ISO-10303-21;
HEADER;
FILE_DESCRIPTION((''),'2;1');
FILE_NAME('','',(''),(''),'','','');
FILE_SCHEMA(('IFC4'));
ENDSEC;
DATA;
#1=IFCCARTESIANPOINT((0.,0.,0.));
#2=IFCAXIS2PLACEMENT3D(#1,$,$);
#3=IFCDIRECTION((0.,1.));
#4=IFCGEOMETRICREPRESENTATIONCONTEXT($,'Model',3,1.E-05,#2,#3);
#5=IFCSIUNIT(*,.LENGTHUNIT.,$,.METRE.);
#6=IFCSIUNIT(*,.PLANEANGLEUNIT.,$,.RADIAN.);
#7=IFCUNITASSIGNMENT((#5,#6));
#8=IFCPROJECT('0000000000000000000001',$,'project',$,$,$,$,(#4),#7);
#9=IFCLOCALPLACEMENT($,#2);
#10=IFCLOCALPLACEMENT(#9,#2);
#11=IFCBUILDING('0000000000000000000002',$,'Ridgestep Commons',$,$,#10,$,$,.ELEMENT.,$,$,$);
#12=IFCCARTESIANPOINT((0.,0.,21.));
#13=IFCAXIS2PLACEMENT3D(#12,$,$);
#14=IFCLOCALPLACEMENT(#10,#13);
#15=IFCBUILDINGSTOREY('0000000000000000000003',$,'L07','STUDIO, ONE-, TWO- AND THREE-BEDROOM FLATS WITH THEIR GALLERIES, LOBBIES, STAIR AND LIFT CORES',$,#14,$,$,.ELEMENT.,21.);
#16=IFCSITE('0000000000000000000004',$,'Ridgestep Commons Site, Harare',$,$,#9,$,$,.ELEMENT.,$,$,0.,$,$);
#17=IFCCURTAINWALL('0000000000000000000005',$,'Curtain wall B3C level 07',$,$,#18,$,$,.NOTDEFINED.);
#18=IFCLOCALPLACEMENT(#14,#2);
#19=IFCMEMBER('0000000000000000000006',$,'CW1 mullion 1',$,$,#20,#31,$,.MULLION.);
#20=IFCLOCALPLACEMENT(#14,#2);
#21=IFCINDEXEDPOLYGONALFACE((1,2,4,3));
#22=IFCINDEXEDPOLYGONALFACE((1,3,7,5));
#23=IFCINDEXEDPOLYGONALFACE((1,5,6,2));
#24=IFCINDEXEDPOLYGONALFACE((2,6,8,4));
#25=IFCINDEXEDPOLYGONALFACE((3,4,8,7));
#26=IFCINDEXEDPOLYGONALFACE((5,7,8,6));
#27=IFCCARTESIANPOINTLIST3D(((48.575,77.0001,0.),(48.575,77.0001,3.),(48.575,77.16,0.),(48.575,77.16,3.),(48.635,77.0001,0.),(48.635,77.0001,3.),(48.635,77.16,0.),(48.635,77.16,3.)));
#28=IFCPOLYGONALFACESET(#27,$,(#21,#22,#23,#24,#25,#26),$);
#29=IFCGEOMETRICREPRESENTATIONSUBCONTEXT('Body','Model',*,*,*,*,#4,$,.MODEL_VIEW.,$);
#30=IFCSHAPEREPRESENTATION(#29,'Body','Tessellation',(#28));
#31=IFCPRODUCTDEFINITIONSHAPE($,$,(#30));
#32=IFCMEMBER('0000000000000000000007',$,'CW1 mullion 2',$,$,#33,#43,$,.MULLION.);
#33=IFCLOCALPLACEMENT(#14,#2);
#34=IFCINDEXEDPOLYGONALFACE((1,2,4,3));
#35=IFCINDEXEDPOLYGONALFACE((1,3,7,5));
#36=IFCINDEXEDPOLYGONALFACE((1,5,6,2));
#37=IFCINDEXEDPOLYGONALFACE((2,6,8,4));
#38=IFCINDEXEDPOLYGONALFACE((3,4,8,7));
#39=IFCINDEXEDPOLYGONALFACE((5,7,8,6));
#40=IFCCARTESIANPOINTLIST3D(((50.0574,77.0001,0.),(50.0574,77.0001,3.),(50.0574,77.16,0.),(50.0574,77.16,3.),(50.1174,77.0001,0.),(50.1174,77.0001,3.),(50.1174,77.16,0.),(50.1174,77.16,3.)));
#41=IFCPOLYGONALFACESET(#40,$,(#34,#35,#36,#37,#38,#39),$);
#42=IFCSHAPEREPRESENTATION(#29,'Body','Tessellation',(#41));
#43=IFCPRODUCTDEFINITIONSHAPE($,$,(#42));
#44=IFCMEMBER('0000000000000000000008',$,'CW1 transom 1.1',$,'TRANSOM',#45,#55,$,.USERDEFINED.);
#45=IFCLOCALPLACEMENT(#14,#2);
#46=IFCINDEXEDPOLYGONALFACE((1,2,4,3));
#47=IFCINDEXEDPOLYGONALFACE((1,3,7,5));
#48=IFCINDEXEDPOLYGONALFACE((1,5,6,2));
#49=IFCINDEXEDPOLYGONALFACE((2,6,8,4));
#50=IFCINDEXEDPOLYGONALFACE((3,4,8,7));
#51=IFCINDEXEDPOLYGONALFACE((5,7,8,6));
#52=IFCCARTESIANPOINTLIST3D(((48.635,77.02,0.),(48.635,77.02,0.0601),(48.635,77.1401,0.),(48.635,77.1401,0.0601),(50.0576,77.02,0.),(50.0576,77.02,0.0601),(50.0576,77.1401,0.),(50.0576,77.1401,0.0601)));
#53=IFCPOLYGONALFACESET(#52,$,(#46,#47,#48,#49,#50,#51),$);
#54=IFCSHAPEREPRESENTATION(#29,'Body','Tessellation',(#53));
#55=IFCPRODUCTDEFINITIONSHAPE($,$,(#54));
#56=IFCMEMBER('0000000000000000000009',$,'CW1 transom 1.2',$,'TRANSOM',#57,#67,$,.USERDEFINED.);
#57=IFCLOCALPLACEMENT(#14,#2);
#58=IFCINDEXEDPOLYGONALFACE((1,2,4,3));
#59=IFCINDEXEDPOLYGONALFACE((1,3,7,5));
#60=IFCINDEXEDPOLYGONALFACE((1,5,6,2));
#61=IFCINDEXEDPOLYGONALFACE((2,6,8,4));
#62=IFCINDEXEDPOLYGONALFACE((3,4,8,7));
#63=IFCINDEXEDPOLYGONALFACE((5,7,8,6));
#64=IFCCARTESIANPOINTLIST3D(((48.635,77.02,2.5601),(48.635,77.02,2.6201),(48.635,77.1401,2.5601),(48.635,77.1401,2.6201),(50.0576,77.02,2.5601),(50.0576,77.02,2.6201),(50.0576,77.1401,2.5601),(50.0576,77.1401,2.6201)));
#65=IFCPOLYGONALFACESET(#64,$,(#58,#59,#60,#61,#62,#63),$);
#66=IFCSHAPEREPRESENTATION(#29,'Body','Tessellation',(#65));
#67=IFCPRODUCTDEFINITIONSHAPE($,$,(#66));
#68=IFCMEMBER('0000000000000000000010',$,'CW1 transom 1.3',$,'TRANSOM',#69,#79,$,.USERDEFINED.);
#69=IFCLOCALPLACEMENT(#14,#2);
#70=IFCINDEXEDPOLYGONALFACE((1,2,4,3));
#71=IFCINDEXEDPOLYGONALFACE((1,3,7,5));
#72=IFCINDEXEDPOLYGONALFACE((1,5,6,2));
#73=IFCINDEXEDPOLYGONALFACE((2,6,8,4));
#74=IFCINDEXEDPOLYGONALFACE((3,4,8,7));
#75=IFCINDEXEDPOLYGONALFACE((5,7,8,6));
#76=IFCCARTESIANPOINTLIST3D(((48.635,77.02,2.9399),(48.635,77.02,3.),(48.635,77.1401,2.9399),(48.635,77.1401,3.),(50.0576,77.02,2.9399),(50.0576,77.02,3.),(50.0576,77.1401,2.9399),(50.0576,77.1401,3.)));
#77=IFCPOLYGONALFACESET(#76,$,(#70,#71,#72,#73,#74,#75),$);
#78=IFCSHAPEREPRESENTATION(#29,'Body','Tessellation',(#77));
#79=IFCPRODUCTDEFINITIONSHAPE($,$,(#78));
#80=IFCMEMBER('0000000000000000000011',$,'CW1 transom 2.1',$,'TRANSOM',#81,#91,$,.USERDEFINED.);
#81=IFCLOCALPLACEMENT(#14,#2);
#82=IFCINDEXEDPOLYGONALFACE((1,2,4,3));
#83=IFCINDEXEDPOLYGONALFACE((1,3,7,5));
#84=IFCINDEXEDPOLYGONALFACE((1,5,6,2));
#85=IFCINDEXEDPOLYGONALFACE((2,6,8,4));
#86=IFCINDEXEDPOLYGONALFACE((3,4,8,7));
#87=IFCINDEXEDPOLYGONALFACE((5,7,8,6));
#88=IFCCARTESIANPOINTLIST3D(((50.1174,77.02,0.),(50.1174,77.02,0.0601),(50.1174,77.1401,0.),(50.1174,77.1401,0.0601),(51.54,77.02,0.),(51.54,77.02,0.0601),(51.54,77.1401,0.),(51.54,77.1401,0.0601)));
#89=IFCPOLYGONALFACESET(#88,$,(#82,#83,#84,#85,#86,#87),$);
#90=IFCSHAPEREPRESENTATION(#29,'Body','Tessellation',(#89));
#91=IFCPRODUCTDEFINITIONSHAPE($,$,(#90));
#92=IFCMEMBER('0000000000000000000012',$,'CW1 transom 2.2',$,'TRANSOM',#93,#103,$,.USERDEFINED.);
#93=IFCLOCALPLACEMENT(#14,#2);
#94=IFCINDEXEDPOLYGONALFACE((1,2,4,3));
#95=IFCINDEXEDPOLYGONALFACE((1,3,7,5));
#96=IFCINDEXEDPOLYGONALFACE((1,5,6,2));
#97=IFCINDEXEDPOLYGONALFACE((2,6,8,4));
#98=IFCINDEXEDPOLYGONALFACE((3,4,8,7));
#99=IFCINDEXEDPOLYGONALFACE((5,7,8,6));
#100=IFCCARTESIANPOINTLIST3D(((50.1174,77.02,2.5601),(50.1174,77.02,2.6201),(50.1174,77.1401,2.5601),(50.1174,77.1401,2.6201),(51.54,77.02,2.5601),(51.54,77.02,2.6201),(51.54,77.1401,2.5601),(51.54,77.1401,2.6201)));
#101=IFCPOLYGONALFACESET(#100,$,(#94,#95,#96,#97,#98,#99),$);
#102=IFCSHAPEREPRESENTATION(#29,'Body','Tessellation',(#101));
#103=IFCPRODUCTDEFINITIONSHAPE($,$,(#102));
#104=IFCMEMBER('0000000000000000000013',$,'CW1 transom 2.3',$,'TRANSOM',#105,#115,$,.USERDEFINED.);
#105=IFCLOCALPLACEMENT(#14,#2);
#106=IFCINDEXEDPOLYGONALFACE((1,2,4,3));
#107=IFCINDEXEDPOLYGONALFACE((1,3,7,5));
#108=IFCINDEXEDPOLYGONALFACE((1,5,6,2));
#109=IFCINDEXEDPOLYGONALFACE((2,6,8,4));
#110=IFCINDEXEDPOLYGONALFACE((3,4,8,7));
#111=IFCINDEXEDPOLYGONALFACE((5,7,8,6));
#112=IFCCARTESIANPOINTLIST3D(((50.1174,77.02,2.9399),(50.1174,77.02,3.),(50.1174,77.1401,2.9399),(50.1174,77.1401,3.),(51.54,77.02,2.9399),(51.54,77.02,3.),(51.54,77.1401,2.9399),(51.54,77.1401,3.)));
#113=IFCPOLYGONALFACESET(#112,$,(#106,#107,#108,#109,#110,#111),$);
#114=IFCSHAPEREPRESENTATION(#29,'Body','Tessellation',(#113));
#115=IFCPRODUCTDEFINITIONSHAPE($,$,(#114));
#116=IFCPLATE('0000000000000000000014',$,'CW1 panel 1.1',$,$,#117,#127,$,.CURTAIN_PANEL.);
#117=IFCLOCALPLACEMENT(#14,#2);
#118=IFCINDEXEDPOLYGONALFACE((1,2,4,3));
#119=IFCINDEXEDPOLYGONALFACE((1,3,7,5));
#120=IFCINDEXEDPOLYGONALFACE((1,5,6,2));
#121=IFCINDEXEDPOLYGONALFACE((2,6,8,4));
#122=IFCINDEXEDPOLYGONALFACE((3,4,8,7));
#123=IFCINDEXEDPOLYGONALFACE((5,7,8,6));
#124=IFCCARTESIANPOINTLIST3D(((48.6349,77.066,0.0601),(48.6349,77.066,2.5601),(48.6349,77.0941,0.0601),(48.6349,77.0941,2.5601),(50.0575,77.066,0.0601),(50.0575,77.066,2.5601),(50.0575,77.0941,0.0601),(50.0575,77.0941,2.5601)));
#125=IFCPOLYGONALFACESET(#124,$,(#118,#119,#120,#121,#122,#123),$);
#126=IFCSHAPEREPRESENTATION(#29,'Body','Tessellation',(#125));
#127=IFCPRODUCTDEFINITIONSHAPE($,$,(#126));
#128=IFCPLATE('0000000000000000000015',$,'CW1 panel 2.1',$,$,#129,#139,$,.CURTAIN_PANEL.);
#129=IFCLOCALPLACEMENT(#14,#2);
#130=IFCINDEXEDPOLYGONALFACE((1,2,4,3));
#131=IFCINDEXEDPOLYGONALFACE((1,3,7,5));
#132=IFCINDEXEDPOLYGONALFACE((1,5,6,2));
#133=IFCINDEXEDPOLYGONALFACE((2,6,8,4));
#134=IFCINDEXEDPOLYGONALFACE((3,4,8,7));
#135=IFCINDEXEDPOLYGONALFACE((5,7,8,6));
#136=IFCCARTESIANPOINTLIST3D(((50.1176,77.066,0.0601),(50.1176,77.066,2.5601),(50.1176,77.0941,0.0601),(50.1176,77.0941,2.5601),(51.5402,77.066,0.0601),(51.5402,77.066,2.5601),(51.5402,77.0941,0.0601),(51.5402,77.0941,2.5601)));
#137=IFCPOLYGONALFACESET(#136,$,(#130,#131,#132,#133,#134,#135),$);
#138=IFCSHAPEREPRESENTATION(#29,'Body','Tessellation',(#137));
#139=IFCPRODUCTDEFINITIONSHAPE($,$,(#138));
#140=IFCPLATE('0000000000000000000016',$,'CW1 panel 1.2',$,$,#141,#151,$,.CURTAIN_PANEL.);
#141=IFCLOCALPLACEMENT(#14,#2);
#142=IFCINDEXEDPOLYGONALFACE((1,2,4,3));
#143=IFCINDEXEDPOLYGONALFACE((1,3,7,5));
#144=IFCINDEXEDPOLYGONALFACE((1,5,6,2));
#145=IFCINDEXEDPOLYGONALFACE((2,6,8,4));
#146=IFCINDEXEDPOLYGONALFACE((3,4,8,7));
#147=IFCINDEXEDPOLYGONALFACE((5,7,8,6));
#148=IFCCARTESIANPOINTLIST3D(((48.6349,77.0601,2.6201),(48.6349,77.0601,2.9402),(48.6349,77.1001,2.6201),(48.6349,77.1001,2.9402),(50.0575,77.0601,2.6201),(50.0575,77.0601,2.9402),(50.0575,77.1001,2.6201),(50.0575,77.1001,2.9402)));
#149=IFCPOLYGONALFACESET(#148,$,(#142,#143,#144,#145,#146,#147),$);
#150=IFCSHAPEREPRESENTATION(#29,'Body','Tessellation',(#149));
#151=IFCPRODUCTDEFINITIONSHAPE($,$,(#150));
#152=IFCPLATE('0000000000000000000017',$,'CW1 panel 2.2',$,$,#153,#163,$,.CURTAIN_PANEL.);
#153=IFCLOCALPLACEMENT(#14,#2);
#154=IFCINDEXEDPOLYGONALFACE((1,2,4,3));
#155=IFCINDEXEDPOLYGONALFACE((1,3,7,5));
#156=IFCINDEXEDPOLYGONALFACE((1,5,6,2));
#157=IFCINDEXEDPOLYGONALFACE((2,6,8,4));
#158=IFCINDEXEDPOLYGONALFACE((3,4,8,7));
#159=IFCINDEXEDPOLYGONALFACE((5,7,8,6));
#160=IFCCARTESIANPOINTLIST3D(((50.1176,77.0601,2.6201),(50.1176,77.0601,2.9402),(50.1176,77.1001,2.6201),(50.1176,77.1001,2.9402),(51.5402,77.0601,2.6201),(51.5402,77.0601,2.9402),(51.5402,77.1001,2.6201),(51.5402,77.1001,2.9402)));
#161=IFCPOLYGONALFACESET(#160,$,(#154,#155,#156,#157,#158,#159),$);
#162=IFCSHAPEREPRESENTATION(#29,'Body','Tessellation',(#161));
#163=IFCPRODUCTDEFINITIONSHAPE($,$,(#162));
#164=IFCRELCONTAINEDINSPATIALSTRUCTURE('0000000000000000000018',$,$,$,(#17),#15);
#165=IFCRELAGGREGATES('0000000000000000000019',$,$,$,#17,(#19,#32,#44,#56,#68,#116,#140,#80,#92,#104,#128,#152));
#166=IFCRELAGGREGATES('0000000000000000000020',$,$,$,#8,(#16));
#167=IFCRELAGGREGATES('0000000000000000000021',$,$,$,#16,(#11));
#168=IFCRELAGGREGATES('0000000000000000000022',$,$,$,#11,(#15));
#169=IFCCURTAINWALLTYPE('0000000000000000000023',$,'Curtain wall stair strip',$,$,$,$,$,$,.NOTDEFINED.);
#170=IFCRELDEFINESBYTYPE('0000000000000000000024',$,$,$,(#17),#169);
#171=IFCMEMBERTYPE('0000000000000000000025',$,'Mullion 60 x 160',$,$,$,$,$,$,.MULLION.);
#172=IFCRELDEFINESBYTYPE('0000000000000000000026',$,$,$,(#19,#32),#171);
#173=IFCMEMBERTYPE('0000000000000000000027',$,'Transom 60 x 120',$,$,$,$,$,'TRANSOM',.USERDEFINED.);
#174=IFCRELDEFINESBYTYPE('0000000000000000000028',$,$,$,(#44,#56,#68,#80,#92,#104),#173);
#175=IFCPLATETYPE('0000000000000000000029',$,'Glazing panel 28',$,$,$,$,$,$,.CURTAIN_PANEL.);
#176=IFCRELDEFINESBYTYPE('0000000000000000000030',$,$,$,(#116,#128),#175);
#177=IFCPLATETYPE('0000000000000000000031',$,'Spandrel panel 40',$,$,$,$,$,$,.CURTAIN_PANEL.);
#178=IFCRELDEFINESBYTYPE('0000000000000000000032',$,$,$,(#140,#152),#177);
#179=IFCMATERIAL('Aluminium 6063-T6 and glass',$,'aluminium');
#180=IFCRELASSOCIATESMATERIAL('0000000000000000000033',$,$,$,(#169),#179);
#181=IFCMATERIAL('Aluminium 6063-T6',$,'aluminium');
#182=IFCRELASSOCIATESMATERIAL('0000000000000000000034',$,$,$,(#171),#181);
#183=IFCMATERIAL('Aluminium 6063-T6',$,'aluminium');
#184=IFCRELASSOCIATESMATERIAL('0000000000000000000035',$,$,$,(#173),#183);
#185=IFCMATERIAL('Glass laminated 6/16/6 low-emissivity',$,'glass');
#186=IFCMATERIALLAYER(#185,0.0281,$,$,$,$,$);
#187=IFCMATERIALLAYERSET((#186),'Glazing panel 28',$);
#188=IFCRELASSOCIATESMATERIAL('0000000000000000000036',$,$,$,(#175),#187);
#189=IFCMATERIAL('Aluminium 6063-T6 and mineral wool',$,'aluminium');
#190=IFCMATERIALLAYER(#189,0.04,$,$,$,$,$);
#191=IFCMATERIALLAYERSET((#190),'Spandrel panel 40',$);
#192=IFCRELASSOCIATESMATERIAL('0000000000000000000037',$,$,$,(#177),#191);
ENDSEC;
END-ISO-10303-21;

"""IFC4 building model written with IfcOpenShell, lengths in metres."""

from ifc_helpers import new_model, si_unit, direction, frame, origin, origin_2d, place, context, subcontext, project, spatial, rectangle, extrude, material, layer, layer_set, material_profile, profile_set, type_object, element, aggregate, save


model = new_model("IFC4")

# Units and contexts
model_context = context("Model", 3, precision=1e-05, world=origin(), true_north=direction((0.0, 1.0)))
body_context = subcontext(model_context, "Body", "Model", "MODEL_VIEW")
ifc_project = project(units=[si_unit("LENGTHUNIT", "METRE"), si_unit("PLANEANGLEUNIT", "RADIAN")], contexts=[model_context])

# Site, building, storey
site_placement = place(None, origin())
site = spatial("IfcSite", under=ifc_project, at=site_placement, Name="Ridgestep Commons Site, Harare", CompositionType="ELEMENT", RefElevation=0.0)
building_placement = place(site_placement, origin())
building = spatial("IfcBuilding", under=site, at=building_placement, Name="Ridgestep Commons", CompositionType="ELEMENT")
storey_placement = place(building_placement, frame((0.0, 0.0, 21.0)))
storey = spatial("IfcBuildingStorey", under=building, at=storey_placement, Name="L07", Description="STUDIO, ONE-, TWO- AND THREE-BEDROOM FLATS WITH THEIR GALLERIES, LOBBIES, STAIR AND LIFT CORES", CompositionType="ELEMENT", Elevation=21.0)

# Curtain wall, members, plates
ifc_material_1 = material(Name="Aluminium 6063-T6 and glass", Category="aluminium")
curtain_wall_type = type_object("IfcCurtainWallType", Name="Curtain wall stair strip", PredefinedType="NOTDEFINED", material=ifc_material_1)
curtain_wall_placement = place(storey_placement, origin())
curtain_wall = element("IfcCurtainWall", 1, at=curtain_wall_placement, inside=storey, type_object=curtain_wall_type, Name="Curtain wall B3C level 07", PredefinedType="NOTDEFINED")
ifc_material_2 = material(Name="Aluminium 6063-T6", Category="aluminium")
ifc_material_profile_1 = material_profile(ifc_material_2, rectangle(XDim=0.1599, YDim=0.0601, at=origin_2d()), Name="Mullion 60 x 160")
ifc_profile_set_1 = profile_set([ifc_material_profile_1], Name="Aluminium 6063-T6")
member_type_1 = type_object("IfcMemberType", Name="Mullion 60 x 160", PredefinedType="MULLION", material=ifc_profile_set_1)
member_1_placement = place(storey_placement, frame((48.605, 77.0801, 0.0), z_axis=(0.0, 0.0, 1.0), x_axis=(0.0, 1.0, 0.0)))
member_1 = element("IfcMember", 2, at=member_1_placement, type_object=member_type_1, Name="CW1 mullion 1", PredefinedType="MULLION", context=body_context, shape_type="SweptSolid", body=[
    extrude(rectangle(XDim=0.1599, YDim=0.0601, at=origin_2d()), origin(), (0.0, 0.0, 1.0), 3.0),
])
member_2_placement = place(storey_placement, frame((50.0874, 77.0801, 0.0), z_axis=(0.0, 0.0, 1.0), x_axis=(0.0, 1.0, 0.0)))
member_2 = element("IfcMember", 3, at=member_2_placement, type_object=member_type_1, Name="CW1 mullion 2", PredefinedType="MULLION", context=body_context, shape_type="SweptSolid", body=[
    extrude(rectangle(XDim=0.1599, YDim=0.0601, at=origin_2d()), origin(), (0.0, 0.0, 1.0), 3.0),
])
ifc_material_3 = material(Name="Aluminium 6063-T6", Category="aluminium")
ifc_material_profile_2 = material_profile(ifc_material_3, rectangle(XDim=0.1201, YDim=0.0601, at=origin_2d()), Name="Transom 60 x 120")
ifc_profile_set_2 = profile_set([ifc_material_profile_2], Name="Aluminium 6063-T6")
member_type_2 = type_object("IfcMemberType", Name="Transom 60 x 120", ElementType="TRANSOM", PredefinedType="USERDEFINED", material=ifc_profile_set_2)
member_3_placement = place(storey_placement, frame((48.635, 77.0801, 0.03), z_axis=(1.0, 0.0, 0.0), x_axis=(0.0, 1.0, 0.0)))
member_3 = element("IfcMember", 4, at=member_3_placement, type_object=member_type_2, Name="CW1 transom 1.1", ObjectType="TRANSOM", PredefinedType="USERDEFINED", context=body_context, shape_type="SweptSolid", body=[
    extrude(rectangle(XDim=0.1201, YDim=0.0601, at=origin_2d()), origin(), (0.0, 0.0, 1.0), 1.4226),
])
member_4_placement = place(storey_placement, frame((48.635, 77.0801, 2.5901), z_axis=(1.0, 0.0, 0.0), x_axis=(0.0, 1.0, 0.0)))
member_4 = element("IfcMember", 5, at=member_4_placement, type_object=member_type_2, Name="CW1 transom 1.2", ObjectType="TRANSOM", PredefinedType="USERDEFINED", context=body_context, shape_type="SweptSolid", body=[
    extrude(rectangle(XDim=0.1201, YDim=0.0601, at=origin_2d()), origin(), (0.0, 0.0, 1.0), 1.4226),
])
member_5_placement = place(storey_placement, frame((48.635, 77.0801, 2.97), z_axis=(1.0, 0.0, 0.0), x_axis=(0.0, 1.0, 0.0)))
member_5 = element("IfcMember", 6, at=member_5_placement, type_object=member_type_2, Name="CW1 transom 1.3", ObjectType="TRANSOM", PredefinedType="USERDEFINED", context=body_context, shape_type="SweptSolid", body=[
    extrude(rectangle(XDim=0.1201, YDim=0.0601, at=origin_2d()), origin(), (0.0, 0.0, 1.0), 1.4226),
])
member_6_placement = place(storey_placement, frame((50.1174, 77.0801, 0.03), z_axis=(1.0, 0.0, 0.0), x_axis=(0.0, 1.0, 0.0)))
member_6 = element("IfcMember", 7, at=member_6_placement, type_object=member_type_2, Name="CW1 transom 2.1", ObjectType="TRANSOM", PredefinedType="USERDEFINED", context=body_context, shape_type="SweptSolid", body=[
    extrude(rectangle(XDim=0.1201, YDim=0.0601, at=origin_2d()), origin(), (0.0, 0.0, 1.0), 1.4226),
])
member_7_placement = place(storey_placement, frame((50.1174, 77.0801, 2.5901), z_axis=(1.0, 0.0, 0.0), x_axis=(0.0, 1.0, 0.0)))
member_7 = element("IfcMember", 8, at=member_7_placement, type_object=member_type_2, Name="CW1 transom 2.2", ObjectType="TRANSOM", PredefinedType="USERDEFINED", context=body_context, shape_type="SweptSolid", body=[
    extrude(rectangle(XDim=0.1201, YDim=0.0601, at=origin_2d()), origin(), (0.0, 0.0, 1.0), 1.4226),
])
member_8_placement = place(storey_placement, frame((50.1174, 77.0801, 2.97), z_axis=(1.0, 0.0, 0.0), x_axis=(0.0, 1.0, 0.0)))
member_8 = element("IfcMember", 9, at=member_8_placement, type_object=member_type_2, Name="CW1 transom 2.3", ObjectType="TRANSOM", PredefinedType="USERDEFINED", context=body_context, shape_type="SweptSolid", body=[
    extrude(rectangle(XDim=0.1201, YDim=0.0601, at=origin_2d()), origin(), (0.0, 0.0, 1.0), 1.4226),
])
ifc_material_4 = material(Name="Glass laminated 6/16/6 low-emissivity", Category="glass")
ifc_layer_1 = layer(ifc_material_4, 0.0281)
ifc_layer_set_1 = layer_set([ifc_layer_1], Name="Glazing panel 28")
plate_type_1 = type_object("IfcPlateType", Name="Glazing panel 28", PredefinedType="CURTAIN_PANEL", material=ifc_layer_set_1)
plate_1_placement = place(storey_placement, frame((49.3462, 77.0801, 0.0601), z_axis=(0.0, 0.0, 1.0), x_axis=(1.0, 0.0, 0.0)))
plate_1 = element("IfcPlate", 10, at=plate_1_placement, type_object=plate_type_1, Name="CW1 panel 1.1", PredefinedType="CURTAIN_PANEL", context=body_context, shape_type="SweptSolid", body=[
    extrude(rectangle(XDim=1.4226, YDim=0.0281, at=origin_2d()), origin(), (0.0, 0.0, 1.0), 2.5),
])
plate_2_placement = place(storey_placement, frame((50.8289, 77.0801, 0.0601), z_axis=(0.0, 0.0, 1.0), x_axis=(1.0, 0.0, 0.0)))
plate_2 = element("IfcPlate", 11, at=plate_2_placement, type_object=plate_type_1, Name="CW1 panel 2.1", PredefinedType="CURTAIN_PANEL", context=body_context, shape_type="SweptSolid", body=[
    extrude(rectangle(XDim=1.4226, YDim=0.0281, at=origin_2d()), origin(), (0.0, 0.0, 1.0), 2.5),
])
ifc_material_5 = material(Name="Aluminium 6063-T6 and mineral wool", Category="aluminium")
ifc_layer_2 = layer(ifc_material_5, 0.04)
ifc_layer_set_2 = layer_set([ifc_layer_2], Name="Spandrel panel 40")
plate_type_2 = type_object("IfcPlateType", Name="Spandrel panel 40", PredefinedType="CURTAIN_PANEL", material=ifc_layer_set_2)
plate_3_placement = place(storey_placement, frame((49.3462, 77.0801, 2.6201), z_axis=(0.0, 0.0, 1.0), x_axis=(1.0, 0.0, 0.0)))
plate_3 = element("IfcPlate", 12, at=plate_3_placement, type_object=plate_type_2, Name="CW1 panel 1.2", PredefinedType="CURTAIN_PANEL", context=body_context, shape_type="SweptSolid", body=[
    extrude(rectangle(XDim=1.4226, YDim=0.04, at=origin_2d()), origin(), (0.0, 0.0, 1.0), 0.3201),
])
plate_4_placement = place(storey_placement, frame((50.8289, 77.0801, 2.6201), z_axis=(0.0, 0.0, 1.0), x_axis=(1.0, 0.0, 0.0)))
plate_4 = element("IfcPlate", 13, at=plate_4_placement, type_object=plate_type_2, Name="CW1 panel 2.2", PredefinedType="CURTAIN_PANEL", context=body_context, shape_type="SweptSolid", body=[
    extrude(rectangle(XDim=1.4226, YDim=0.04, at=origin_2d()), origin(), (0.0, 0.0, 1.0), 0.3201),
])
aggregate(curtain_wall, [member_1, member_2, member_3, member_4, member_5, plate_1, plate_3, member_6, member_7, member_8, plate_2, plate_4])

save(model, "model.ifc")
